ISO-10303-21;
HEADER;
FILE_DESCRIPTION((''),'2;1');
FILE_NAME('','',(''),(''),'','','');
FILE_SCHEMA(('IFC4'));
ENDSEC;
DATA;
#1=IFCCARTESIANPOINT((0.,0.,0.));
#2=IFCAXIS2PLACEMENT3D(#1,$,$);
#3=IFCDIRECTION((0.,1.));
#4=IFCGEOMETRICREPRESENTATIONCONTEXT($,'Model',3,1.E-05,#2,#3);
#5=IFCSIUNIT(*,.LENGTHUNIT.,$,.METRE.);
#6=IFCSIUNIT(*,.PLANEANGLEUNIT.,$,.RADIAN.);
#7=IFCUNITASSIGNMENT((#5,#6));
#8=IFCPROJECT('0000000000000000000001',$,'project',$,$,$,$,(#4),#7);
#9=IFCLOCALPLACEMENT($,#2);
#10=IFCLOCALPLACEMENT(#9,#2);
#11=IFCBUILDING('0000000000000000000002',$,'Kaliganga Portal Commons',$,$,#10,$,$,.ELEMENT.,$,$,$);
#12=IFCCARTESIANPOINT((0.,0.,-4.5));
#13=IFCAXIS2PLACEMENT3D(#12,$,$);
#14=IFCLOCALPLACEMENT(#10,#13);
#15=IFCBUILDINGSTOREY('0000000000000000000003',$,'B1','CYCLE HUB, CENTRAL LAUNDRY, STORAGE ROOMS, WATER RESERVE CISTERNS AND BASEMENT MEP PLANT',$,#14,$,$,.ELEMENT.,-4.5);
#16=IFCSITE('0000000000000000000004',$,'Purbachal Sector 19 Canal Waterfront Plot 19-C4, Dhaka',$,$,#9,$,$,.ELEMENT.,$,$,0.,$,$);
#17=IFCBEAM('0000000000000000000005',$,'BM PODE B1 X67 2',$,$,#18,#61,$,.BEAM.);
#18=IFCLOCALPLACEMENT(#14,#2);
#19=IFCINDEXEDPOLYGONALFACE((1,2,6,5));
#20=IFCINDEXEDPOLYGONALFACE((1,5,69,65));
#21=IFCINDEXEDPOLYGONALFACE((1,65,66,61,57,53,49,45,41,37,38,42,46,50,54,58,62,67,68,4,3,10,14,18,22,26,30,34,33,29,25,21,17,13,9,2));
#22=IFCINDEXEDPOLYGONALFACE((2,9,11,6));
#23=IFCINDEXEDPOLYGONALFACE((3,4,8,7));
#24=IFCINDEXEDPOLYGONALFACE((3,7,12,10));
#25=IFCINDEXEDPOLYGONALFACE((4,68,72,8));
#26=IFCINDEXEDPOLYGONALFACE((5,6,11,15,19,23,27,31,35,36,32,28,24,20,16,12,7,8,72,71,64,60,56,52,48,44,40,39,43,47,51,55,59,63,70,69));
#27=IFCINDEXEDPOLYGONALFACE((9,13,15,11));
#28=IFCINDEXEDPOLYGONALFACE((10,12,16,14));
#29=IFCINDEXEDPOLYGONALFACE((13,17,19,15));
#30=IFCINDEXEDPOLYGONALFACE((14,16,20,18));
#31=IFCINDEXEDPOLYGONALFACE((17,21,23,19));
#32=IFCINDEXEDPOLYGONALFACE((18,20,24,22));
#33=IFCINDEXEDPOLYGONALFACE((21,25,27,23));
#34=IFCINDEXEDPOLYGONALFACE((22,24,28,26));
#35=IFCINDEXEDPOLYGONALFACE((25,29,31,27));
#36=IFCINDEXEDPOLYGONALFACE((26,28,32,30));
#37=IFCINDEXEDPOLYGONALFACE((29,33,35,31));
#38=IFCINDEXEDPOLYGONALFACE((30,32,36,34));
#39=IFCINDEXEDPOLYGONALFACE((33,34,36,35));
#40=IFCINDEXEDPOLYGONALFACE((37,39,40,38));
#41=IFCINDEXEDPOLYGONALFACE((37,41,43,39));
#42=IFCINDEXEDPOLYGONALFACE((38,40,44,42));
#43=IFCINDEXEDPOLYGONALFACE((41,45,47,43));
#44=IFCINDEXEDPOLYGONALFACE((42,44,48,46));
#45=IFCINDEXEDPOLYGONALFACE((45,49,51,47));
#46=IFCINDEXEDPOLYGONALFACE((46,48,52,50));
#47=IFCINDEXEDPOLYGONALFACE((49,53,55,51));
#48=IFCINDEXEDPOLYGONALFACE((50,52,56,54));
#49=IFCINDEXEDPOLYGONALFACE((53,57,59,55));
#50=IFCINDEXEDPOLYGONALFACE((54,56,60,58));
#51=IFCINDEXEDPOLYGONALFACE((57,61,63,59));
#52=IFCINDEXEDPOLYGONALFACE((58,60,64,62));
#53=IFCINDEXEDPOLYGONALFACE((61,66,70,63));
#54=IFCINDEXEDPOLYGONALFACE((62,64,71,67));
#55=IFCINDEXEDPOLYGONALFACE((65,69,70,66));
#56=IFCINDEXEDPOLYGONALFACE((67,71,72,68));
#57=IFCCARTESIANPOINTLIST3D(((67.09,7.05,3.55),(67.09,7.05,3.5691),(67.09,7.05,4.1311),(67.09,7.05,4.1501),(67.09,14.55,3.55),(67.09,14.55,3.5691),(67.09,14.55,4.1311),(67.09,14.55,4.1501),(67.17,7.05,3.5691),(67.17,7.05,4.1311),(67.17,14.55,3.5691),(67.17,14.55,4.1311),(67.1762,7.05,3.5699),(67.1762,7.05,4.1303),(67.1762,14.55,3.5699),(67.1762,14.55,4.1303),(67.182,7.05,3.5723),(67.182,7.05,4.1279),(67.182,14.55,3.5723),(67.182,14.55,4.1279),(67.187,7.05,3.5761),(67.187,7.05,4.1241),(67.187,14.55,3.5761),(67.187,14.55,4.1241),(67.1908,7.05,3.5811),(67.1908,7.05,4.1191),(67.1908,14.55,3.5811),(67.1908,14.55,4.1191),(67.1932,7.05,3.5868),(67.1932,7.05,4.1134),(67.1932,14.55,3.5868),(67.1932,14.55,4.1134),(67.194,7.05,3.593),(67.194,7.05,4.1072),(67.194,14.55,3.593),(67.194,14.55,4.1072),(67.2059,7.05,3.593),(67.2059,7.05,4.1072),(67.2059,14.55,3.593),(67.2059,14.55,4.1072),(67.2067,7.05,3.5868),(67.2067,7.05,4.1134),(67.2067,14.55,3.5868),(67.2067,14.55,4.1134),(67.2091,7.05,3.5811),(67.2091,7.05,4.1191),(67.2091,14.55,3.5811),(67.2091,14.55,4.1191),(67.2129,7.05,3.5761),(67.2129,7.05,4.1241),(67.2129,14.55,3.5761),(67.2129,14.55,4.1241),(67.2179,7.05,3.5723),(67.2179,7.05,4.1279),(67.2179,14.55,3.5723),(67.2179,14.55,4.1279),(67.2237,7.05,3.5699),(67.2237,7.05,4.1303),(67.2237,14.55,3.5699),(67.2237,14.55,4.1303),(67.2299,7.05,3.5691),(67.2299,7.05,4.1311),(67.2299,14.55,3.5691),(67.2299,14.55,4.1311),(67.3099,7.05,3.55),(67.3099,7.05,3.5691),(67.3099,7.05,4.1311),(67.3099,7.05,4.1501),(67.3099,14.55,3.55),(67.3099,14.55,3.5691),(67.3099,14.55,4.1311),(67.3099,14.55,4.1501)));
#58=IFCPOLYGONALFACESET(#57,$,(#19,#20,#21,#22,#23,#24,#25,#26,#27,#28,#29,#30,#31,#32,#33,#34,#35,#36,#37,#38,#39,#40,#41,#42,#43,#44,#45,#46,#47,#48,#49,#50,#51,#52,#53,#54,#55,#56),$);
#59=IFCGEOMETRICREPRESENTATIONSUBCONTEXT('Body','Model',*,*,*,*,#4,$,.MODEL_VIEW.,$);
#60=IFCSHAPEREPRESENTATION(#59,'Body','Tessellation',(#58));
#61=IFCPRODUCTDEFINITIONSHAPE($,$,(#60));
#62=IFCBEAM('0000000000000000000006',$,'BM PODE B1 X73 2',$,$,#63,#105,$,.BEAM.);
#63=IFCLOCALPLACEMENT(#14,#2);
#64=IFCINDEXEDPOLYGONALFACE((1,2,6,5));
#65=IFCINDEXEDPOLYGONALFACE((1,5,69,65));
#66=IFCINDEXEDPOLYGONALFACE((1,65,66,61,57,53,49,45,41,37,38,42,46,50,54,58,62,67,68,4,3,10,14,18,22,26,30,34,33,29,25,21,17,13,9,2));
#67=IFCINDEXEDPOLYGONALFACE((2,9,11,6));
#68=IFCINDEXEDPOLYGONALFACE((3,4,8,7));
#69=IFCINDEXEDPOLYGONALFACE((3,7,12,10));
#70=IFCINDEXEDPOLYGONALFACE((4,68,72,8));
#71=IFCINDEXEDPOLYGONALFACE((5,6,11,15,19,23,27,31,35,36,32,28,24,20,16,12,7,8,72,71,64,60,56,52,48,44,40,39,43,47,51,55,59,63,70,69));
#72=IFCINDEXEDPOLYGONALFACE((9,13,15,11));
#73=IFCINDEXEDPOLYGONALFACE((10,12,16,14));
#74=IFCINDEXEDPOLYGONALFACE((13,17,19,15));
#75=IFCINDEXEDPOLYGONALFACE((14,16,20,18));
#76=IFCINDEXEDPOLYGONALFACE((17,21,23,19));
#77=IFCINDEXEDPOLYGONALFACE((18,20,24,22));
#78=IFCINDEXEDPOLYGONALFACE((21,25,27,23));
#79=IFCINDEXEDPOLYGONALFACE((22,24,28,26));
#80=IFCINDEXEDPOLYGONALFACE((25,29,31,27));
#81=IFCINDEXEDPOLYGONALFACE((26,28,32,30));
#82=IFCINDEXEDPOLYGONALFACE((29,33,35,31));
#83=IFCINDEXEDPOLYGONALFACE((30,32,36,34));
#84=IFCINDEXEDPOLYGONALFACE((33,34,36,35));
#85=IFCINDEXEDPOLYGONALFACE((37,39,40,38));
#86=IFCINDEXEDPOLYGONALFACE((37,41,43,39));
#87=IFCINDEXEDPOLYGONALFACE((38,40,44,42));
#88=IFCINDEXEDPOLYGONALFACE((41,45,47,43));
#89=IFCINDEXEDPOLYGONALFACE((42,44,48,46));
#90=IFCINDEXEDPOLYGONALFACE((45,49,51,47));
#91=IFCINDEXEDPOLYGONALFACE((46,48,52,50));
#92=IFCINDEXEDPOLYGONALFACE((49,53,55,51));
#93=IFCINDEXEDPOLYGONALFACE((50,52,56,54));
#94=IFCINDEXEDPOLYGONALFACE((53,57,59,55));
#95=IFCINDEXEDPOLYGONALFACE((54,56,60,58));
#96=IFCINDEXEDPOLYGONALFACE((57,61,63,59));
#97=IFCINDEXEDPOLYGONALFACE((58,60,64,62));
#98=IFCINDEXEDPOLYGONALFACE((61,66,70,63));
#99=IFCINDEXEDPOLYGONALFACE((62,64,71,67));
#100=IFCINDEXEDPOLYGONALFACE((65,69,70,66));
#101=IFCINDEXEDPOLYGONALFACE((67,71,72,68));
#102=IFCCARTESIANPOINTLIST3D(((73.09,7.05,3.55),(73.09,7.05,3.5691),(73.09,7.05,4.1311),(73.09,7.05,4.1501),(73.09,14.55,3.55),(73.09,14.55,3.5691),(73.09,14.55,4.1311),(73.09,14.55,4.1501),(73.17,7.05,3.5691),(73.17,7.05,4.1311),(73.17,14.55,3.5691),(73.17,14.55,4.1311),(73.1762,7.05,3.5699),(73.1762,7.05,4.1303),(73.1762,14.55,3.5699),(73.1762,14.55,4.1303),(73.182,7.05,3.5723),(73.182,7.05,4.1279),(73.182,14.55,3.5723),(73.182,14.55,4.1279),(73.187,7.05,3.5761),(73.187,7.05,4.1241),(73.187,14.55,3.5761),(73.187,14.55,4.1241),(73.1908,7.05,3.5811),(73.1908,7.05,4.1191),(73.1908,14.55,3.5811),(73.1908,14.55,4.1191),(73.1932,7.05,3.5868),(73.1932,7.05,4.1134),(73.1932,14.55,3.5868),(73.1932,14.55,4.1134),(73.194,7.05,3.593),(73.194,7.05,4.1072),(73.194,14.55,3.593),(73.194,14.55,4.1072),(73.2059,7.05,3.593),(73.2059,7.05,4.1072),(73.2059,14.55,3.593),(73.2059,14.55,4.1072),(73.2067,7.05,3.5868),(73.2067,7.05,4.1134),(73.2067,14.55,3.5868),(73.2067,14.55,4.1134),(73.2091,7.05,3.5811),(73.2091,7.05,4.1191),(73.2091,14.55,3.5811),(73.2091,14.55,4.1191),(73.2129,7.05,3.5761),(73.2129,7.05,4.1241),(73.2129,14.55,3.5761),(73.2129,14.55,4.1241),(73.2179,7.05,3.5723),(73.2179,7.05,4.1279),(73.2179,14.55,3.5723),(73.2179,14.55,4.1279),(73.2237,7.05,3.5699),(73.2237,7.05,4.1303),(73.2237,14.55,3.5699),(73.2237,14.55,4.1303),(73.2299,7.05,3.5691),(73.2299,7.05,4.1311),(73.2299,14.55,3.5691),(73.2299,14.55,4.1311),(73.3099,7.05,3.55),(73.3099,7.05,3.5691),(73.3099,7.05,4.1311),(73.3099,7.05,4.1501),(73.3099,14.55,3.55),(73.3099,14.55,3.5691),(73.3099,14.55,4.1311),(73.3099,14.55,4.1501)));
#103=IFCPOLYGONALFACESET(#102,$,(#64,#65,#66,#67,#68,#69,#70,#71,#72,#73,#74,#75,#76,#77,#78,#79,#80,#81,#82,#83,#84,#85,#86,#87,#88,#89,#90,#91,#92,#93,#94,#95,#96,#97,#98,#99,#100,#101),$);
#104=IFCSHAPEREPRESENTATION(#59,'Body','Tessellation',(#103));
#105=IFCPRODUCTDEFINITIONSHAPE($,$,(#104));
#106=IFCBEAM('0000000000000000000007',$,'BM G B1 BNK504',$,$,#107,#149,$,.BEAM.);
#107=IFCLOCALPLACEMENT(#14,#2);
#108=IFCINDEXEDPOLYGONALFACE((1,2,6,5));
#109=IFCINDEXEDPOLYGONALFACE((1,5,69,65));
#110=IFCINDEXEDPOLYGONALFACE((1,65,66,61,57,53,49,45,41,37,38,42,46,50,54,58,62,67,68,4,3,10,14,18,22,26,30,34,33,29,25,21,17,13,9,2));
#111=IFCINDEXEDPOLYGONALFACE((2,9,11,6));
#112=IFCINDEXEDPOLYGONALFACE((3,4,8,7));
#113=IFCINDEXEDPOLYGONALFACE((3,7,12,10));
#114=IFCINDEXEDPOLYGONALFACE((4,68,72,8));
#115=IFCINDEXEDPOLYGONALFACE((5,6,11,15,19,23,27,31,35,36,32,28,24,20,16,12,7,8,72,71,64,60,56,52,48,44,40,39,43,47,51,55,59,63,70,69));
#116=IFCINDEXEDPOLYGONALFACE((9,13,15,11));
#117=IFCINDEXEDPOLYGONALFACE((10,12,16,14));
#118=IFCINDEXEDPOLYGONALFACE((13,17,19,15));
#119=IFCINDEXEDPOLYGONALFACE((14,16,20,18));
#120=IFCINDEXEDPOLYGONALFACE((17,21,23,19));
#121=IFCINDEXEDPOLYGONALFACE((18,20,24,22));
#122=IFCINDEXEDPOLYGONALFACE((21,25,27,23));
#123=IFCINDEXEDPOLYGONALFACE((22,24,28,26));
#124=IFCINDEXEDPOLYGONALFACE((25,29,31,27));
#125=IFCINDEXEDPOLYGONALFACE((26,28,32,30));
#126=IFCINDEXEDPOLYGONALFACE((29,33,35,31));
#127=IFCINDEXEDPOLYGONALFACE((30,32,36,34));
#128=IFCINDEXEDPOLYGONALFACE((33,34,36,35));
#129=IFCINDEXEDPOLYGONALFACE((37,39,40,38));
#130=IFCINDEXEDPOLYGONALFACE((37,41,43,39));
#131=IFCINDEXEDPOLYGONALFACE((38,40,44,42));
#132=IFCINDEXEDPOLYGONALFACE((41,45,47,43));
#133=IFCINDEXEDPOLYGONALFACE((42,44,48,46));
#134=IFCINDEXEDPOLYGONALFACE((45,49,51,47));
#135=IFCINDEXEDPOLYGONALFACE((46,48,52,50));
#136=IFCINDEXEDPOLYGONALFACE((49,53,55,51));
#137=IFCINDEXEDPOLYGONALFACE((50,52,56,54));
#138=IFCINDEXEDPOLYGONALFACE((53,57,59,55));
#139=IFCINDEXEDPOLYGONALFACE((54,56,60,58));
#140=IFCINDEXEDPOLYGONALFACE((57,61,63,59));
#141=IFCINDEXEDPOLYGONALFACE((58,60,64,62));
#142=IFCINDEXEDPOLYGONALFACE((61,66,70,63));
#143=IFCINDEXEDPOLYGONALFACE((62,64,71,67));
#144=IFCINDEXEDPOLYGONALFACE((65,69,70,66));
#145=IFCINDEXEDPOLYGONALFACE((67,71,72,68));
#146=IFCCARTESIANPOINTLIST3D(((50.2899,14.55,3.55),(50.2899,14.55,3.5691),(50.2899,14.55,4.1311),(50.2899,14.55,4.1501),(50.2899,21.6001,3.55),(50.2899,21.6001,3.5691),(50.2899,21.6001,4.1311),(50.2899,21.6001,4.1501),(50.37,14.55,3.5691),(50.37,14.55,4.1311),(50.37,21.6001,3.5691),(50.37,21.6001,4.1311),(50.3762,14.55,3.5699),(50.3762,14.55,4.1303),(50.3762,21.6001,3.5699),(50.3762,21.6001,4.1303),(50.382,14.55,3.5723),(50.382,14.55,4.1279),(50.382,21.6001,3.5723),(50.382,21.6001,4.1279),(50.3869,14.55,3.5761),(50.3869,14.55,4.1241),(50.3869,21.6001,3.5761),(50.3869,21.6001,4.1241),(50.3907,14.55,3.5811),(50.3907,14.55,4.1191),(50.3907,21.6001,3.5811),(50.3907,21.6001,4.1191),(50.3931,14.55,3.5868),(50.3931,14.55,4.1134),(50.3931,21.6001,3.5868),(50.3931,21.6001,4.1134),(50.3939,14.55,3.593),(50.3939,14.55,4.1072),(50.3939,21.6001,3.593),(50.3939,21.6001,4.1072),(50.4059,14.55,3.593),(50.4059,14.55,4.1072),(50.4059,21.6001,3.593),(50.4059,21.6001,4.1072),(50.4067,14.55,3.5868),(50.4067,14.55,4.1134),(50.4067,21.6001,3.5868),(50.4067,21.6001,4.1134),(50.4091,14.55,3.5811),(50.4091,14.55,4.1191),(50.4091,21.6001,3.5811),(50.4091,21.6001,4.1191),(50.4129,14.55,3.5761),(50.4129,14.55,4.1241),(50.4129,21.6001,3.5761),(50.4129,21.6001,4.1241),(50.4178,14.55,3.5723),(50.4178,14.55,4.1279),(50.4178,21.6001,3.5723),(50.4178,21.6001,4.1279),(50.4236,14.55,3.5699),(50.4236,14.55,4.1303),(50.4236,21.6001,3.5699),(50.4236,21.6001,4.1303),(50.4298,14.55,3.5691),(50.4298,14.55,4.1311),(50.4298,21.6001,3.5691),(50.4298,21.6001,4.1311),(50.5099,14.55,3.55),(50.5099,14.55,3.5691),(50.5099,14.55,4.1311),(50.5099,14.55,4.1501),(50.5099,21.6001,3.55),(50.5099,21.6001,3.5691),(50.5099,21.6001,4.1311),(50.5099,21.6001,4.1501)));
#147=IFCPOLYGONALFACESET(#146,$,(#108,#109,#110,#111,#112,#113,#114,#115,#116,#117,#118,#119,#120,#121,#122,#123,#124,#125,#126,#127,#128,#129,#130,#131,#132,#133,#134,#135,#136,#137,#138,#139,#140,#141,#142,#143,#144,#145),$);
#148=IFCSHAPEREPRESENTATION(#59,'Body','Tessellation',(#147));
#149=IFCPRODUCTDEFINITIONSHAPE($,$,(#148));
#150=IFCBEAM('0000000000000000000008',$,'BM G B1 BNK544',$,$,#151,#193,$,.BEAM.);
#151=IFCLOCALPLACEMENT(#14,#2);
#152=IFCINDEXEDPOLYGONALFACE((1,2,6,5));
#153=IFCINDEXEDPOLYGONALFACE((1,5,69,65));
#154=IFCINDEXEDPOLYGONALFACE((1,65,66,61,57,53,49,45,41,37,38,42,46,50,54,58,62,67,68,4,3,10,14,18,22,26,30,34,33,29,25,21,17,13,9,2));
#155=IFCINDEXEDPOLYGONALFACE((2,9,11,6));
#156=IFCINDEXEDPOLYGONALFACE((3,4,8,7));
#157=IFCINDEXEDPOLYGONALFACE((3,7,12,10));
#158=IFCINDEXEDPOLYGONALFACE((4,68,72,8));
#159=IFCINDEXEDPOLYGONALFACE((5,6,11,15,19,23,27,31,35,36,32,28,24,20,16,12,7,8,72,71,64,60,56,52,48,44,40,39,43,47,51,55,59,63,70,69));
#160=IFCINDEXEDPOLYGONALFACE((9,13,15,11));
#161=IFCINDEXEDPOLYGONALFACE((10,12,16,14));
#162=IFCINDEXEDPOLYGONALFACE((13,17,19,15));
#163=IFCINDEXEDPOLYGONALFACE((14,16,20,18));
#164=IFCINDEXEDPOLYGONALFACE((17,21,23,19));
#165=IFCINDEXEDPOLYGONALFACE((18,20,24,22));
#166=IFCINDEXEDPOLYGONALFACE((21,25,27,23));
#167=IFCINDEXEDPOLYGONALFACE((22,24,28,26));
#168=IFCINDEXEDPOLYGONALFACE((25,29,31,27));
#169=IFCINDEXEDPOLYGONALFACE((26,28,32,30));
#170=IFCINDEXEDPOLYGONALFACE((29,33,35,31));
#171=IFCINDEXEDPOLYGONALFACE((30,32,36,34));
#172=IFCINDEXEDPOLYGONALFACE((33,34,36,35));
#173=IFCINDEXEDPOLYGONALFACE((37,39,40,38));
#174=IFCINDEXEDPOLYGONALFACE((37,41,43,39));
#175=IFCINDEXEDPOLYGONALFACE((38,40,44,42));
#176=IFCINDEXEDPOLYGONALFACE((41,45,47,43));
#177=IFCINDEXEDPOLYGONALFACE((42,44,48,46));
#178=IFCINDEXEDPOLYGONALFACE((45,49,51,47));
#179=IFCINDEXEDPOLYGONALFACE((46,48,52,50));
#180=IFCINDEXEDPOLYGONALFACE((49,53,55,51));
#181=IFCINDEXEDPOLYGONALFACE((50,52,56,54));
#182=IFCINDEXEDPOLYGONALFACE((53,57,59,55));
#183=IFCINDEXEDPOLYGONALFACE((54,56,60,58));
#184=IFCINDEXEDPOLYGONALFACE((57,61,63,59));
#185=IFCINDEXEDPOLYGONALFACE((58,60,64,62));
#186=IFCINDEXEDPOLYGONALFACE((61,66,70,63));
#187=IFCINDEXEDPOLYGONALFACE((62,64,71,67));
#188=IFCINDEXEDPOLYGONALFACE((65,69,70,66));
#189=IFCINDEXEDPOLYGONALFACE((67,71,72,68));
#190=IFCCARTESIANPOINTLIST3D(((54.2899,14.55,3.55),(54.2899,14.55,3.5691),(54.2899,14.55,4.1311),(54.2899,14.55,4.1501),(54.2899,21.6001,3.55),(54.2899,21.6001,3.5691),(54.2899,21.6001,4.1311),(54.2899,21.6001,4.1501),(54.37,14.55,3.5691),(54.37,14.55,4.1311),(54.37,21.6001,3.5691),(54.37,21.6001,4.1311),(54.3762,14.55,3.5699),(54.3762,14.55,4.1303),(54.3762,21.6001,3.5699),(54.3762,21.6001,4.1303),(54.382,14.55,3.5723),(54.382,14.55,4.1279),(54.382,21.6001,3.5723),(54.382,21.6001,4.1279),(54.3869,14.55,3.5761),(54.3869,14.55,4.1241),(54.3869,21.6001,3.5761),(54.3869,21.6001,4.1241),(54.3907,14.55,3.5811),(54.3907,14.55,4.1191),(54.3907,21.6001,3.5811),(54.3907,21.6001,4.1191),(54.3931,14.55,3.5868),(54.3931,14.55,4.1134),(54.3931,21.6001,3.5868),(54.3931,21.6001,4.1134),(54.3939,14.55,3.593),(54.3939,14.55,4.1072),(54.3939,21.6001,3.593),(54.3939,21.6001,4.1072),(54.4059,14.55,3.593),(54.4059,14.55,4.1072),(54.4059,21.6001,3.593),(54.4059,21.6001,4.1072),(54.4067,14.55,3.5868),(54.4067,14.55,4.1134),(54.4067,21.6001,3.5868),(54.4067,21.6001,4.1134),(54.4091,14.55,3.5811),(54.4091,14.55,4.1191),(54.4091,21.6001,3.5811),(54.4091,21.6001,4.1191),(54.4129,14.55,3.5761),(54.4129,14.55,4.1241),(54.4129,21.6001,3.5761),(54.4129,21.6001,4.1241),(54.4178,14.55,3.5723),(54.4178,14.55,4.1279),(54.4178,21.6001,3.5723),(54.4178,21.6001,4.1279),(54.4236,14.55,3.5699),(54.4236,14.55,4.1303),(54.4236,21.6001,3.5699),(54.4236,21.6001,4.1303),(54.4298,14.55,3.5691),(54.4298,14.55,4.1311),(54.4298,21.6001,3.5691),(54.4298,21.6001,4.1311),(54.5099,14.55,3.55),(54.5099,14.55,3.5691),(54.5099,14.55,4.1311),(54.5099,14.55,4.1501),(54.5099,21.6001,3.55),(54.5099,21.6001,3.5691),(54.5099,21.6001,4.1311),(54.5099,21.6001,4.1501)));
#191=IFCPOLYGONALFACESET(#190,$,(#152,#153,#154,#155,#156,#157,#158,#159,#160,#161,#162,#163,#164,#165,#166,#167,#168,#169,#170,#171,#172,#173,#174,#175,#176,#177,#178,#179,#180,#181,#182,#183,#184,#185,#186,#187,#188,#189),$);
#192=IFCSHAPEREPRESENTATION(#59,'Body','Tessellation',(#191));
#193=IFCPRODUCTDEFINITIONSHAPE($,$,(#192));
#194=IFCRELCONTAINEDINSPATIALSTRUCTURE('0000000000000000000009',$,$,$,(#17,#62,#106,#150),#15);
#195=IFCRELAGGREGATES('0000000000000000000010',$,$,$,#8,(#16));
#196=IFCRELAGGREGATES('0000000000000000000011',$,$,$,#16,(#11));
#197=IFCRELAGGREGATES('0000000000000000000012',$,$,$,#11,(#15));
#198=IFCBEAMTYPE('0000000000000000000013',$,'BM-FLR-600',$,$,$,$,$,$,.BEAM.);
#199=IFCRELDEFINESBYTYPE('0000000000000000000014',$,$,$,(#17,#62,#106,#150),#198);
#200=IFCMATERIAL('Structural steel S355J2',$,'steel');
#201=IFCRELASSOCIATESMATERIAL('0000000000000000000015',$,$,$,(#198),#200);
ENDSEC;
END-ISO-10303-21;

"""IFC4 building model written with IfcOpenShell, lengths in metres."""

from ifc_helpers import new_model, si_unit, direction, frame, origin, origin_2d, place, context, subcontext, project, spatial, i_section, extrude, source, transform, mapped, material, material_profile, profile_set, type_object, element, save


model = new_model("IFC4")

# Units and contexts
model_context = context("Model", 3, precision=1e-05, world=origin(), true_north=direction((0.0, 1.0)))
body_context = subcontext(model_context, "Body", "Model", "MODEL_VIEW")
ifc_project = project(units=[si_unit("LENGTHUNIT", "METRE"), si_unit("PLANEANGLEUNIT", "RADIAN")], contexts=[model_context])

# Site, building, storey
site_placement = place(None, origin())
site = spatial("IfcSite", under=ifc_project, at=site_placement, Name="Purbachal Sector 19 Canal Waterfront Plot 19-C4, Dhaka", CompositionType="ELEMENT", RefElevation=0.0)
building_placement = place(site_placement, origin())
building = spatial("IfcBuilding", under=site, at=building_placement, Name="Kaliganga Portal Commons", CompositionType="ELEMENT")
storey_placement = place(building_placement, frame((0.0, 0.0, -4.5)))
storey = spatial("IfcBuildingStorey", under=building, at=storey_placement, Name="B1", Description="CYCLE HUB, CENTRAL LAUNDRY, STORAGE ROOMS, WATER RESERVE CISTERNS AND BASEMENT MEP PLANT", CompositionType="ELEMENT", Elevation=-4.5)

# Shared definitions
ifc_material_1 = material(Name="Structural steel S355J2", Category="steel")

# Beams
ifc_material_profile_1 = material_profile(ifc_material_1, i_section(OverallWidth=0.22, OverallDepth=0.6001, WebThickness=0.012, FlangeThickness=0.019, FilletRadius=0.0239, at=origin_2d()), Name="IPE 600")
ifc_profile_set_1 = profile_set([ifc_material_profile_1], Name="Structural steel S355J2 wide-flange")
beam_type_1 = type_object("IfcBeamType", Name="BM-FLR-600", PredefinedType="BEAM", material=ifc_profile_set_1)
shared_shape_1 = source(origin(), body_context, "Body", "SweptSolid", [
    extrude(i_section(OverallWidth=0.22, OverallDepth=0.6001, WebThickness=0.012, FlangeThickness=0.019, FilletRadius=0.0239, at=origin_2d()), origin(), (0.0, 0.0, 1.0), 7.5),
])
for number, where, z_axis, x_axis, name in (
    (1, (67.2, 7.05, 3.8501), (0.0, 1.0, 0.0), (-1.0, 0.0, 0.0), "BM PODE B1 X67 2"),
    (2, (73.2, 7.05, 3.8501), (0.0, 1.0, 0.0), (-1.0, 0.0, 0.0), "BM PODE B1 X73 2"),
):
    element("IfcBeam", number, at=place(storey_placement, frame(where, z_axis=z_axis, x_axis=x_axis)), inside=storey, type_object=beam_type_1, Name=name, PredefinedType="BEAM", context=body_context, shape_type="MappedRepresentation", body=[
        mapped(shared_shape_1, transform((0.0, 0.0, 0.0), x_axis=(1.0, 0.0, 0.0), y_axis=(0.0, 1.0, 0.0), z_axis=(0.0, 0.0, 1.0), scale=1.0)),
    ])
shared_shape_2 = source(origin(), body_context, "Body", "SweptSolid", [
    extrude(i_section(OverallWidth=0.22, OverallDepth=0.6001, WebThickness=0.012, FlangeThickness=0.019, FilletRadius=0.0239, at=origin_2d()), origin(), (0.0, 0.0, 1.0), 7.05),
])
for number, where, z_axis, x_axis, name in (
    (3, (50.3999, 14.55, 3.8501), (0.0, 1.0, 0.0), (-1.0, 0.0, 0.0), "BM G B1 BNK504"),
    (4, (54.3999, 14.55, 3.8501), (0.0, 1.0, 0.0), (-1.0, 0.0, 0.0), "BM G B1 BNK544"),
):
    element("IfcBeam", number, at=place(storey_placement, frame(where, z_axis=z_axis, x_axis=x_axis)), inside=storey, type_object=beam_type_1, Name=name, PredefinedType="BEAM", context=body_context, shape_type="MappedRepresentation", body=[
        mapped(shared_shape_2, transform((0.0, 0.0, 0.0), x_axis=(1.0, 0.0, 0.0), y_axis=(0.0, 1.0, 0.0), z_axis=(0.0, 0.0, 1.0), scale=1.0)),
    ])

save(model, "model.ifc")
